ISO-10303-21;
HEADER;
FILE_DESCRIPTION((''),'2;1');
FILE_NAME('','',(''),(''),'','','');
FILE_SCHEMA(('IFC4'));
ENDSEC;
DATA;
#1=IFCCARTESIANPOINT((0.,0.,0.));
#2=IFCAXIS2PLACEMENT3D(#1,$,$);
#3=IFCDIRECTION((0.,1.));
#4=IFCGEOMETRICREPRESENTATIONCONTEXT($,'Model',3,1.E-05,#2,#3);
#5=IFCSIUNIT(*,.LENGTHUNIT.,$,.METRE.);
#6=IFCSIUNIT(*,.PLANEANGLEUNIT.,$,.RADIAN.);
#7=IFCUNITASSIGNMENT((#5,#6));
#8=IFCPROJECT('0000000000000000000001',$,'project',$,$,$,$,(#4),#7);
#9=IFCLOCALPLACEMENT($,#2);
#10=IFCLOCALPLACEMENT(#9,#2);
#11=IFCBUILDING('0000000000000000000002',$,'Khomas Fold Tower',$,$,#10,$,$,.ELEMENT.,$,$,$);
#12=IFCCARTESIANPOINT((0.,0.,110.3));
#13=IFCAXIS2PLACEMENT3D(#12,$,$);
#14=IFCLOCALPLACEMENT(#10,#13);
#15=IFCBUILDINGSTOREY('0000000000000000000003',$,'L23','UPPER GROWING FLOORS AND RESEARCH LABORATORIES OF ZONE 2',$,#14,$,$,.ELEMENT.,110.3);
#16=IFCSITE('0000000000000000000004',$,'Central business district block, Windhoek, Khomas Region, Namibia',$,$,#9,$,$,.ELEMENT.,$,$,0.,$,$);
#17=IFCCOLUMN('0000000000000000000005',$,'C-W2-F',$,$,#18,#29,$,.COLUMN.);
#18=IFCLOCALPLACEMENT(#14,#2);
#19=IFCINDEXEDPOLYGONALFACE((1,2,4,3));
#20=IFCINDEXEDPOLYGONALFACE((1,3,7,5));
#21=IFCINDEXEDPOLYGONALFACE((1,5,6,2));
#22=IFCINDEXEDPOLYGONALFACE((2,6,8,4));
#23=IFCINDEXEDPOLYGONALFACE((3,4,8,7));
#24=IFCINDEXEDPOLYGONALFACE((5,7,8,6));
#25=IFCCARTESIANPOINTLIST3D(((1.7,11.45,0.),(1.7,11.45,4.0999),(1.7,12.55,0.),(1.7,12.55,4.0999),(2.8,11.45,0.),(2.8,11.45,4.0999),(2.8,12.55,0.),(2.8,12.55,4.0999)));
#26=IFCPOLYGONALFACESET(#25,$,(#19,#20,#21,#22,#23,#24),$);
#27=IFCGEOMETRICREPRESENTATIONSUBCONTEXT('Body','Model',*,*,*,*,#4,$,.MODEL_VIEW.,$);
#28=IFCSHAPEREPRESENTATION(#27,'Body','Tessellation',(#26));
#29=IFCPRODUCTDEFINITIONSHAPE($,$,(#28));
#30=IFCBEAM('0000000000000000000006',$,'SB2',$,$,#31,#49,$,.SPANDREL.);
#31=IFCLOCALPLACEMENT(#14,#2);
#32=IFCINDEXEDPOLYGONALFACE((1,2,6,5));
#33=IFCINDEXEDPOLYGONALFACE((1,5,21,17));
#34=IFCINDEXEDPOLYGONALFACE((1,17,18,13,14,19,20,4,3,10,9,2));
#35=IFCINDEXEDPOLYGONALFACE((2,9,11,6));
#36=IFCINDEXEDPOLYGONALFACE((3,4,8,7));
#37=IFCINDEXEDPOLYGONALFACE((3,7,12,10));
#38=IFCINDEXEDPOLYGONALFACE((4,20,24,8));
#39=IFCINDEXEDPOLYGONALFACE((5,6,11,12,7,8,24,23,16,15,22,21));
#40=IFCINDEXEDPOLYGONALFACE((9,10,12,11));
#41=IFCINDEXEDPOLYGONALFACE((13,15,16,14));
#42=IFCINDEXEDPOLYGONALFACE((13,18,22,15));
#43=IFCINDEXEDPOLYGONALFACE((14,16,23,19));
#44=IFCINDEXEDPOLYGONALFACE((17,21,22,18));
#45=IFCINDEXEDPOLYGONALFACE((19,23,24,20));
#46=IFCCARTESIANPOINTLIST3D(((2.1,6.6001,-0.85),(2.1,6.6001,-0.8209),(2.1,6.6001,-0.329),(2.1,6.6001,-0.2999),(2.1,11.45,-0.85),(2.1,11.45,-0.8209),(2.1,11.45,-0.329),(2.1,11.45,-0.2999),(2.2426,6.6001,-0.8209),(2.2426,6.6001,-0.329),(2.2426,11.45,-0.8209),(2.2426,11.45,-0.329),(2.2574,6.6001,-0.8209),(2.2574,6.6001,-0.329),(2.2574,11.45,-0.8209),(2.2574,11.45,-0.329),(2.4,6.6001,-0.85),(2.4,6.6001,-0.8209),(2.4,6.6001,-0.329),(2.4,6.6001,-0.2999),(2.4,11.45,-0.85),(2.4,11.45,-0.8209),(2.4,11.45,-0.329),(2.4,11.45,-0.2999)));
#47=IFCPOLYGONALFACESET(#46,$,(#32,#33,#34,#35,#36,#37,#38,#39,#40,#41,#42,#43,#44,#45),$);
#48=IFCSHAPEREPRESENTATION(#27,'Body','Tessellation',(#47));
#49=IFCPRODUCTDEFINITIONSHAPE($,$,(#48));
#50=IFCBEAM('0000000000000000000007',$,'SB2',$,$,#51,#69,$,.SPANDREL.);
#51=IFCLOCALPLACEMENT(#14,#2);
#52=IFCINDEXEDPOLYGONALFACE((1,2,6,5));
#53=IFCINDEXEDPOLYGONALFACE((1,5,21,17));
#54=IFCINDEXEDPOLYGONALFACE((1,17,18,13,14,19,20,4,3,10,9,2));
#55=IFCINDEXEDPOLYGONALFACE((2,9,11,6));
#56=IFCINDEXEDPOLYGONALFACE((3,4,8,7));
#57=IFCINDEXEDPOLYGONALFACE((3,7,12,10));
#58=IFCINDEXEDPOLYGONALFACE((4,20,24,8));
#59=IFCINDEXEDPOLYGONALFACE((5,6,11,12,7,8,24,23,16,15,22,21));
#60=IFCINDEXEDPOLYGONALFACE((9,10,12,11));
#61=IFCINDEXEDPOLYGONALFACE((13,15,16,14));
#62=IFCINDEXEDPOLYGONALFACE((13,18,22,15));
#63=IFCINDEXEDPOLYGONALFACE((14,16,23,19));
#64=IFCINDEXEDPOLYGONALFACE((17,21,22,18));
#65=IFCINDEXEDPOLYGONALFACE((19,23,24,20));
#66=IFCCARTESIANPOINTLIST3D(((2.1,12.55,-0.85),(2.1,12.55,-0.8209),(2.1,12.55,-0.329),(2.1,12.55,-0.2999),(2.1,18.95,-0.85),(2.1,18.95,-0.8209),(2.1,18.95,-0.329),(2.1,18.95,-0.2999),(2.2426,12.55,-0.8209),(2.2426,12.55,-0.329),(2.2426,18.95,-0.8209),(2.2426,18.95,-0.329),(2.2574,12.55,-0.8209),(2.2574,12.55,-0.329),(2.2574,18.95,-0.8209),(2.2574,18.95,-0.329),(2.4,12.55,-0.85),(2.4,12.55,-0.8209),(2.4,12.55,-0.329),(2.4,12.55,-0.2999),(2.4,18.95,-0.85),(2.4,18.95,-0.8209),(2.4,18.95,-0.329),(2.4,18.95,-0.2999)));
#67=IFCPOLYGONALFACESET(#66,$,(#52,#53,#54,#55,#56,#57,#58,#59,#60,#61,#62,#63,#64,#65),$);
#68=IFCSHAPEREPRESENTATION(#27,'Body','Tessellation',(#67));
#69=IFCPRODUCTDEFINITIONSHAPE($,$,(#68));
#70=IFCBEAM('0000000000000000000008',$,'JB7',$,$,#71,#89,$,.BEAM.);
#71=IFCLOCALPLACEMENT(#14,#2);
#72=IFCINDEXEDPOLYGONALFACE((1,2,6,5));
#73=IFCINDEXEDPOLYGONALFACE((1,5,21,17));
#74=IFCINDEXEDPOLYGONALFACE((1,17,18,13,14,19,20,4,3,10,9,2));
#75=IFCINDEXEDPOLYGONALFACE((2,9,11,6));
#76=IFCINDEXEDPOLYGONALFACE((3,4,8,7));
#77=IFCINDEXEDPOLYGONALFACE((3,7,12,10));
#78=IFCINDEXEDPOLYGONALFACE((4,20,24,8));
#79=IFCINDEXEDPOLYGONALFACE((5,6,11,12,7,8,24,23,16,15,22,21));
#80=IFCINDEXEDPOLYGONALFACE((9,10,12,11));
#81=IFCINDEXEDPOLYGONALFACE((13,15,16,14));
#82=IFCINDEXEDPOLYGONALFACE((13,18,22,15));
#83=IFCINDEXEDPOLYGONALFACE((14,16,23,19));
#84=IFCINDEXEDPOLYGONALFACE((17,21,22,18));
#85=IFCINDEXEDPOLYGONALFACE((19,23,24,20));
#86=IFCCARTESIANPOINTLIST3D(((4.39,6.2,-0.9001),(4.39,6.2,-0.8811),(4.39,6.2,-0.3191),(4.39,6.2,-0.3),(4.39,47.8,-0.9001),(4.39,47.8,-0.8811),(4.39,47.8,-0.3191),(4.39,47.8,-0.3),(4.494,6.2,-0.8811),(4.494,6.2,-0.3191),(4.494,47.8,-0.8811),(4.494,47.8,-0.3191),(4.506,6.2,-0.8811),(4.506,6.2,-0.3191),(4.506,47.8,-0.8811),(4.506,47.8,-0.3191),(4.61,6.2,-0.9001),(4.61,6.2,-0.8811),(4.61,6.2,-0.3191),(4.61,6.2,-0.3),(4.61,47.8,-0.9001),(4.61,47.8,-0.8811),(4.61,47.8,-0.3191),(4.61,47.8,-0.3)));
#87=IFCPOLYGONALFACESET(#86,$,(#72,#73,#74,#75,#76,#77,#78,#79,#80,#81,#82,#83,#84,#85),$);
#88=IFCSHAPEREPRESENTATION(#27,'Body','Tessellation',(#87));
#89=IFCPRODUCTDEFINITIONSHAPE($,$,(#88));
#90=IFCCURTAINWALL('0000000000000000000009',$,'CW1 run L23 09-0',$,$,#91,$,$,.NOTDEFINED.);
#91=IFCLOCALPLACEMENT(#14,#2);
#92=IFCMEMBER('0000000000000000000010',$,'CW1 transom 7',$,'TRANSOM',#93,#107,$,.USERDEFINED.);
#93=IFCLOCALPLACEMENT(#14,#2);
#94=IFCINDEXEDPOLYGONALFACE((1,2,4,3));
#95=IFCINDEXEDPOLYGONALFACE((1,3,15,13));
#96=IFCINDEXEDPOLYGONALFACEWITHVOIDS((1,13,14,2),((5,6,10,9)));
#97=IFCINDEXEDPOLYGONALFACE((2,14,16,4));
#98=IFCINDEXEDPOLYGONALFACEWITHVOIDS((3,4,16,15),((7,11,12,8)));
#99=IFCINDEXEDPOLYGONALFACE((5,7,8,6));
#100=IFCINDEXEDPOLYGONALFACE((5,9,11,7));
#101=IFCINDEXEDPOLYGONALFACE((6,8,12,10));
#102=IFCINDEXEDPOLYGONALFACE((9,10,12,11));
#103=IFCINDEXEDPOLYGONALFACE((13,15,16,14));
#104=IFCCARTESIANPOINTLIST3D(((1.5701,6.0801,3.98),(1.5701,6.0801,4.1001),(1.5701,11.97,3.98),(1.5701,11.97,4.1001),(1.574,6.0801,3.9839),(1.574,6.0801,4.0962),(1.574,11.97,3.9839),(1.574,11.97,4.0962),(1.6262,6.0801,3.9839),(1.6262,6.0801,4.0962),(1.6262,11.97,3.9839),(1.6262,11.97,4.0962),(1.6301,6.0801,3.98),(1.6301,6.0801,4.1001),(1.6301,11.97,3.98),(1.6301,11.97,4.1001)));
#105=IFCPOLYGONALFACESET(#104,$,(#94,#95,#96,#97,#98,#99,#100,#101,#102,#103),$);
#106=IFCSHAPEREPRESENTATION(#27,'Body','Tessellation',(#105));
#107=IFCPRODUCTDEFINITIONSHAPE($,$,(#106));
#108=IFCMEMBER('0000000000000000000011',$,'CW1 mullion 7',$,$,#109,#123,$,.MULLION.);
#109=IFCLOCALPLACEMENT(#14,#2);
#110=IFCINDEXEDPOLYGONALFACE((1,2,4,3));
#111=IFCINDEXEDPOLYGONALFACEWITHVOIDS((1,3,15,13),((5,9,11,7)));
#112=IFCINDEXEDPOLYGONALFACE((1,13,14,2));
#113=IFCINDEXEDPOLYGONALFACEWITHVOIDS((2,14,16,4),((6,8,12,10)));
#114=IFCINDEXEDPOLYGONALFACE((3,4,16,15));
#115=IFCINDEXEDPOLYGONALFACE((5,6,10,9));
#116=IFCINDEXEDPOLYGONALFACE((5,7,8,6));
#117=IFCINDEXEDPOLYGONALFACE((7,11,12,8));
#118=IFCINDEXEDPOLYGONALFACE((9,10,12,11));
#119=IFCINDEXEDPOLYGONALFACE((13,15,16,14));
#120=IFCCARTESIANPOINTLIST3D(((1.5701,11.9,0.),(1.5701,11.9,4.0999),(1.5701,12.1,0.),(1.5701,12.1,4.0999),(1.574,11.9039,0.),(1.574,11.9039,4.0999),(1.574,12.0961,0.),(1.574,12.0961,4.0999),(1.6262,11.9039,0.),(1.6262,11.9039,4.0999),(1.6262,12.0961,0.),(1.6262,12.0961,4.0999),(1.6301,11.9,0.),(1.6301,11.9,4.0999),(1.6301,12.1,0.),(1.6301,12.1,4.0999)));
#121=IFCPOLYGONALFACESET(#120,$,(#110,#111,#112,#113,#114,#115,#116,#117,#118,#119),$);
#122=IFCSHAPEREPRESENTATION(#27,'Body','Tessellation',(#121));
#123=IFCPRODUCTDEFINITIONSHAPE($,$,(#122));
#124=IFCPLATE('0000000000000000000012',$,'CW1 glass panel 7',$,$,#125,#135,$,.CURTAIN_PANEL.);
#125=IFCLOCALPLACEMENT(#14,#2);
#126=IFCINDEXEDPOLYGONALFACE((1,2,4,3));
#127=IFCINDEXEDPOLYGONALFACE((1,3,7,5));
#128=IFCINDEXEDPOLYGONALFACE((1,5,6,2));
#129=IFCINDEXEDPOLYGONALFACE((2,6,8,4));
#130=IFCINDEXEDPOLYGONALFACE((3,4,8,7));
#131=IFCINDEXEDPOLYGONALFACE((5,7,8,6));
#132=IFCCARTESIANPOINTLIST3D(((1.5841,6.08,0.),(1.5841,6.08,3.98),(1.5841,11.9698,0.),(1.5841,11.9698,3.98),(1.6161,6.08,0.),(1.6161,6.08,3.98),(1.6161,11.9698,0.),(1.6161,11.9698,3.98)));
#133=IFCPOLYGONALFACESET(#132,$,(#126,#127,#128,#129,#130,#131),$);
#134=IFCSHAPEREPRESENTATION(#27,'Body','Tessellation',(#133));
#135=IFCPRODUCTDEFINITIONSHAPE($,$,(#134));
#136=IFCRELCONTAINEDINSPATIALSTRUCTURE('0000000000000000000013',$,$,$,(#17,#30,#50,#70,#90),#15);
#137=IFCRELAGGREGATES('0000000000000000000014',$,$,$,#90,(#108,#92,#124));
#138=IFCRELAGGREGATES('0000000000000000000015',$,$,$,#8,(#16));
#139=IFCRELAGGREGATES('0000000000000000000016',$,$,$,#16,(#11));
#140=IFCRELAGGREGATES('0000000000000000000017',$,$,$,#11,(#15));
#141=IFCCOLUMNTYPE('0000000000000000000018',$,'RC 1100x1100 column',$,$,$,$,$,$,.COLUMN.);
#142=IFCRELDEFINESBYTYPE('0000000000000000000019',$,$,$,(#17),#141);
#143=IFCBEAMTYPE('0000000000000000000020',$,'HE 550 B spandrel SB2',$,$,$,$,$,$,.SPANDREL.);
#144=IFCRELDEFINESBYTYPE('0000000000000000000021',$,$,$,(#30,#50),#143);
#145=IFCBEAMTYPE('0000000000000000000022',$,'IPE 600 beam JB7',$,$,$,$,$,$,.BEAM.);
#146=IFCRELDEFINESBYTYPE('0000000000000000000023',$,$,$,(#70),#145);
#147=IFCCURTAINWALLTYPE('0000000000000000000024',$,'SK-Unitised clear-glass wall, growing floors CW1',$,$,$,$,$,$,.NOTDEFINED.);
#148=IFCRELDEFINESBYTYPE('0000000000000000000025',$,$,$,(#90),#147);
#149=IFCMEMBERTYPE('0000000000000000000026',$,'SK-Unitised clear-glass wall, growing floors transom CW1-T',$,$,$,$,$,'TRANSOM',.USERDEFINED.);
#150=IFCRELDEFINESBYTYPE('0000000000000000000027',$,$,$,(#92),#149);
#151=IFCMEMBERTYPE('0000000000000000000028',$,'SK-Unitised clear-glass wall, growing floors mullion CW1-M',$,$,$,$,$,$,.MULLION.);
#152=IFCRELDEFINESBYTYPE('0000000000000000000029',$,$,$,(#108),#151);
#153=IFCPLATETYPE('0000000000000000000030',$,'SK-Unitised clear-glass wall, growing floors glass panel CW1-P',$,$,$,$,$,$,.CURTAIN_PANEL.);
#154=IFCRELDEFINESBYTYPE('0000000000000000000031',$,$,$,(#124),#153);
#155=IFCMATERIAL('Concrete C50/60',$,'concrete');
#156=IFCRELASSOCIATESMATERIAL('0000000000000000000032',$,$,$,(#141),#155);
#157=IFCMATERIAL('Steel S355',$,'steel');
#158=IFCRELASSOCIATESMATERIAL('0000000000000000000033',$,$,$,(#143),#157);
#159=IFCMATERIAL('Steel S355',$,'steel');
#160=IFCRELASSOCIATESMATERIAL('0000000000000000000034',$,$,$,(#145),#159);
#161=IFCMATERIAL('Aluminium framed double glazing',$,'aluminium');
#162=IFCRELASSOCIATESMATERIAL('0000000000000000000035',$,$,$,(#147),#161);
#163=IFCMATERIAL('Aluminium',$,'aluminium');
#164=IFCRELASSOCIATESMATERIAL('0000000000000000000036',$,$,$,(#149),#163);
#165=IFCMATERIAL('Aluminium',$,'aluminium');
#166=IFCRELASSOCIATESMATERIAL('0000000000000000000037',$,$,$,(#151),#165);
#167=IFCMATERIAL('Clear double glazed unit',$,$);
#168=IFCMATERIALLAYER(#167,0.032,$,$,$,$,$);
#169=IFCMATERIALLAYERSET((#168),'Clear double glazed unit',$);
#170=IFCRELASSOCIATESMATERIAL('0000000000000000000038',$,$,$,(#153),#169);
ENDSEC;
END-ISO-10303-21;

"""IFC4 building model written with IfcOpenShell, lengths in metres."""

from ifc_helpers import new_model, si_unit, direction, frame, origin, origin_2d, place, context, subcontext, project, spatial, rectangle, hollow_rectangle, i_section, extrude, source, transform, mapped, material, layer, layer_set, material_profile, profile_set, type_object, element, aggregate, save


model = new_model("IFC4")

# Units and contexts
model_context = context("Model", 3, precision=1e-05, world=origin(), true_north=direction((0.0, 1.0)))
body_context = subcontext(model_context, "Body", "Model", "MODEL_VIEW")
ifc_project = project(units=[si_unit("LENGTHUNIT", "METRE"), si_unit("PLANEANGLEUNIT", "RADIAN")], contexts=[model_context])

# Site, building, storey
site_placement = place(None, origin())
site = spatial("IfcSite", under=ifc_project, at=site_placement, Name="Central business district block, Windhoek, Khomas Region, Namibia", CompositionType="ELEMENT", RefElevation=0.0)
building_placement = place(site_placement, origin())
building = spatial("IfcBuilding", under=site, at=building_placement, Name="Khomas Fold Tower", CompositionType="ELEMENT")
storey_placement = place(building_placement, frame((0.0, 0.0, 110.3)))
storey = spatial("IfcBuildingStorey", under=building, at=storey_placement, Name="L23", Description="UPPER GROWING FLOORS AND RESEARCH LABORATORIES OF ZONE 2", CompositionType="ELEMENT", Elevation=110.3)

# Column
ifc_material_1 = material(Name="Concrete C50/60", Category="concrete")
ifc_material_profile_1 = material_profile(ifc_material_1, rectangle(XDim=1.1001, YDim=1.1001, at=origin_2d()), Name="RC 1100x1100")
ifc_profile_set_1 = profile_set([ifc_material_profile_1], Name="Concrete C50/60")
column_type = type_object("IfcColumnType", Name="RC 1100x1100 column", PredefinedType="COLUMN", material=ifc_profile_set_1)
shared_shape_1 = source(origin(), body_context, "Body", "SweptSolid", [
    extrude(rectangle(XDim=1.1001, YDim=1.1001, at=origin_2d()), origin(), (0.0, 0.0, 1.0), 4.0999),
])
column_placement = place(storey_placement, frame((2.25, 12.0, 0.0), z_axis=(0.0, 0.0, 1.0), x_axis=(1.0, 0.0, 0.0)))
element("IfcColumn", 1, at=column_placement, inside=storey, type_object=column_type, Name="C-W2-F", PredefinedType="COLUMN", context=body_context, shape_type="MappedRepresentation", body=[
    mapped(shared_shape_1, transform((0.0, 0.0, 0.0))),
])

# Beams
ifc_material_2 = material(Name="Steel S355", Category="steel")
ifc_material_profile_2 = material_profile(ifc_material_2, i_section(OverallWidth=0.3, OverallDepth=0.55, WebThickness=0.0149, FlangeThickness=0.0291, at=origin_2d()), Name="HE 550 B")
ifc_profile_set_2 = profile_set([ifc_material_profile_2], Name="Steel S355")
beam_type_1 = type_object("IfcBeamType", Name="HE 550 B spandrel SB2", PredefinedType="SPANDREL", material=ifc_profile_set_2)
shared_shape_2 = source(origin(), body_context, "Body", "SweptSolid", [
    extrude(i_section(OverallWidth=0.3, OverallDepth=0.55, WebThickness=0.0149, FlangeThickness=0.0291, at=origin_2d()), origin(), (0.0, 0.0, 1.0), 4.8499),
])
beam_1_placement = place(storey_placement, frame((2.25, 6.6001, -0.575), z_axis=(0.0, 1.0, 0.0), x_axis=(-1.0, 0.0, 0.0)))
element("IfcBeam", 2, at=beam_1_placement, inside=storey, type_object=beam_type_1, Name="SB2", PredefinedType="SPANDREL", context=body_context, shape_type="MappedRepresentation", body=[
    mapped(shared_shape_2, transform((0.0, 0.0, 0.0))),
])
shared_shape_3 = source(origin(), body_context, "Body", "SweptSolid", [
    extrude(i_section(OverallWidth=0.3, OverallDepth=0.55, WebThickness=0.0149, FlangeThickness=0.0291, at=origin_2d()), origin(), (0.0, 0.0, 1.0), 6.3999),
])
beam_2_placement = place(storey_placement, frame((2.25, 12.55, -0.575), z_axis=(0.0, 1.0, 0.0), x_axis=(-1.0, 0.0, 0.0)))
element("IfcBeam", 3, at=beam_2_placement, inside=storey, type_object=beam_type_1, Name="SB2", PredefinedType="SPANDREL", context=body_context, shape_type="MappedRepresentation", body=[
    mapped(shared_shape_3, transform((0.0, 0.0, 0.0))),
])
ifc_material_3 = material(Name="Steel S355", Category="steel")
ifc_material_profile_3 = material_profile(ifc_material_3, i_section(OverallWidth=0.22, OverallDepth=0.6001, WebThickness=0.012, FlangeThickness=0.019, at=origin_2d()), Name="IPE 600")
ifc_profile_set_3 = profile_set([ifc_material_profile_3], Name="Steel S355")
beam_type_2 = type_object("IfcBeamType", Name="IPE 600 beam JB7", PredefinedType="BEAM", material=ifc_profile_set_3)
shared_shape_4 = source(origin(), body_context, "Body", "SweptSolid", [
    extrude(i_section(OverallWidth=0.22, OverallDepth=0.6001, WebThickness=0.012, FlangeThickness=0.019, at=origin_2d()), origin(), (0.0, 0.0, 1.0), 41.6001),
])
beam_3_placement = place(storey_placement, frame((4.5, 6.2, -0.6001), z_axis=(0.0, 1.0, 0.0), x_axis=(-1.0, 0.0, 0.0)))
element("IfcBeam", 4, at=beam_3_placement, inside=storey, type_object=beam_type_2, Name="JB7", PredefinedType="BEAM", context=body_context, shape_type="MappedRepresentation", body=[
    mapped(shared_shape_4, transform((0.0, 0.0, 0.0))),
])

# Curtain wall, members, plate
ifc_material_4 = material(Name="Aluminium framed double glazing", Category="aluminium")
curtain_wall_type = type_object("IfcCurtainWallType", Name="SK-Unitised clear-glass wall, growing floors CW1", PredefinedType="NOTDEFINED", material=ifc_material_4)
curtain_wall_placement = place(storey_placement, origin())
curtain_wall = element("IfcCurtainWall", 5, at=curtain_wall_placement, inside=storey, type_object=curtain_wall_type, Name="CW1 run L23 09-0", PredefinedType="NOTDEFINED")
ifc_material_5 = material(Name="Aluminium", Category="aluminium")
ifc_material_profile_4 = material_profile(ifc_material_5, hollow_rectangle(XDim=0.0601, YDim=0.1201, WallThickness=0.0039, at=origin_2d()), Name="SK-Unitised clear-glass wall, growing floors transom CW1-T")
ifc_profile_set_4 = profile_set([ifc_material_profile_4], Name="Aluminium")
member_type_1 = type_object("IfcMemberType", Name="SK-Unitised clear-glass wall, growing floors transom CW1-T", ElementType="TRANSOM", PredefinedType="USERDEFINED", material=ifc_profile_set_4)
shared_shape_5 = source(origin(), body_context, "Body", "SweptSolid", [
    extrude(hollow_rectangle(XDim=0.0601, YDim=0.1201, WallThickness=0.0039, at=origin_2d()), origin(), (0.0, 0.0, 1.0), 5.8899),
])
member_1_placement = place(storey_placement, frame((1.6001, 11.97, 4.04), z_axis=(0.0, -1.0, 0.0), x_axis=(1.0, 0.0, 0.0)))
member_1 = element("IfcMember", 6, at=member_1_placement, type_object=member_type_1, Name="CW1 transom 7", ObjectType="TRANSOM", PredefinedType="USERDEFINED", context=body_context, shape_type="MappedRepresentation", body=[
    mapped(shared_shape_5, transform((0.0, 0.0, 0.0))),
])
ifc_material_6 = material(Name="Aluminium", Category="aluminium")
ifc_material_profile_5 = material_profile(ifc_material_6, hollow_rectangle(XDim=0.0601, YDim=0.2, WallThickness=0.0039, at=origin_2d()), Name="SK-Unitised clear-glass wall, growing floors mullion CW1-M")
ifc_profile_set_5 = profile_set([ifc_material_profile_5], Name="Aluminium")
member_type_2 = type_object("IfcMemberType", Name="SK-Unitised clear-glass wall, growing floors mullion CW1-M", PredefinedType="MULLION", material=ifc_profile_set_5)
shared_shape_6 = source(origin(), body_context, "Body", "SweptSolid", [
    extrude(hollow_rectangle(XDim=0.0601, YDim=0.2, WallThickness=0.0039, at=origin_2d()), origin(), (0.0, 0.0, 1.0), 4.0999),
])
member_2_placement = place(storey_placement, frame((1.6001, 12.0, 0.0), z_axis=(0.0, 0.0, 1.0), x_axis=(1.0, 0.0, 0.0)))
member_2 = element("IfcMember", 7, at=member_2_placement, type_object=member_type_2, Name="CW1 mullion 7", PredefinedType="MULLION", context=body_context, shape_type="MappedRepresentation", body=[
    mapped(shared_shape_6, transform((0.0, 0.0, 0.0))),
])
ifc_material_7 = material(Name="Clear double glazed unit")
ifc_layer_1 = layer(ifc_material_7, 0.032)
ifc_layer_set_1 = layer_set([ifc_layer_1], Name="Clear double glazed unit")
plate_type = type_object("IfcPlateType", Name="SK-Unitised clear-glass wall, growing floors glass panel CW1-P", PredefinedType="CURTAIN_PANEL", material=ifc_layer_set_1)
shared_shape_7 = source(origin(), body_context, "Body", "SweptSolid", [
    extrude(rectangle(XDim=5.8899, YDim=0.032, at=origin_2d()), origin(), (0.0, 0.0, 1.0), 3.98),
])
plate_placement = place(storey_placement, frame((1.6001, 9.0249, 0.0), z_axis=(0.0, 0.0, 1.0), x_axis=(0.0, -1.0, 0.0)))
plate = element("IfcPlate", 8, at=plate_placement, type_object=plate_type, Name="CW1 glass panel 7", PredefinedType="CURTAIN_PANEL", context=body_context, shape_type="MappedRepresentation", body=[
    mapped(shared_shape_7, transform((0.0, 0.0, 0.0))),
])
aggregate(curtain_wall, [member_2, member_1, plate])

save(model, "model.ifc")
